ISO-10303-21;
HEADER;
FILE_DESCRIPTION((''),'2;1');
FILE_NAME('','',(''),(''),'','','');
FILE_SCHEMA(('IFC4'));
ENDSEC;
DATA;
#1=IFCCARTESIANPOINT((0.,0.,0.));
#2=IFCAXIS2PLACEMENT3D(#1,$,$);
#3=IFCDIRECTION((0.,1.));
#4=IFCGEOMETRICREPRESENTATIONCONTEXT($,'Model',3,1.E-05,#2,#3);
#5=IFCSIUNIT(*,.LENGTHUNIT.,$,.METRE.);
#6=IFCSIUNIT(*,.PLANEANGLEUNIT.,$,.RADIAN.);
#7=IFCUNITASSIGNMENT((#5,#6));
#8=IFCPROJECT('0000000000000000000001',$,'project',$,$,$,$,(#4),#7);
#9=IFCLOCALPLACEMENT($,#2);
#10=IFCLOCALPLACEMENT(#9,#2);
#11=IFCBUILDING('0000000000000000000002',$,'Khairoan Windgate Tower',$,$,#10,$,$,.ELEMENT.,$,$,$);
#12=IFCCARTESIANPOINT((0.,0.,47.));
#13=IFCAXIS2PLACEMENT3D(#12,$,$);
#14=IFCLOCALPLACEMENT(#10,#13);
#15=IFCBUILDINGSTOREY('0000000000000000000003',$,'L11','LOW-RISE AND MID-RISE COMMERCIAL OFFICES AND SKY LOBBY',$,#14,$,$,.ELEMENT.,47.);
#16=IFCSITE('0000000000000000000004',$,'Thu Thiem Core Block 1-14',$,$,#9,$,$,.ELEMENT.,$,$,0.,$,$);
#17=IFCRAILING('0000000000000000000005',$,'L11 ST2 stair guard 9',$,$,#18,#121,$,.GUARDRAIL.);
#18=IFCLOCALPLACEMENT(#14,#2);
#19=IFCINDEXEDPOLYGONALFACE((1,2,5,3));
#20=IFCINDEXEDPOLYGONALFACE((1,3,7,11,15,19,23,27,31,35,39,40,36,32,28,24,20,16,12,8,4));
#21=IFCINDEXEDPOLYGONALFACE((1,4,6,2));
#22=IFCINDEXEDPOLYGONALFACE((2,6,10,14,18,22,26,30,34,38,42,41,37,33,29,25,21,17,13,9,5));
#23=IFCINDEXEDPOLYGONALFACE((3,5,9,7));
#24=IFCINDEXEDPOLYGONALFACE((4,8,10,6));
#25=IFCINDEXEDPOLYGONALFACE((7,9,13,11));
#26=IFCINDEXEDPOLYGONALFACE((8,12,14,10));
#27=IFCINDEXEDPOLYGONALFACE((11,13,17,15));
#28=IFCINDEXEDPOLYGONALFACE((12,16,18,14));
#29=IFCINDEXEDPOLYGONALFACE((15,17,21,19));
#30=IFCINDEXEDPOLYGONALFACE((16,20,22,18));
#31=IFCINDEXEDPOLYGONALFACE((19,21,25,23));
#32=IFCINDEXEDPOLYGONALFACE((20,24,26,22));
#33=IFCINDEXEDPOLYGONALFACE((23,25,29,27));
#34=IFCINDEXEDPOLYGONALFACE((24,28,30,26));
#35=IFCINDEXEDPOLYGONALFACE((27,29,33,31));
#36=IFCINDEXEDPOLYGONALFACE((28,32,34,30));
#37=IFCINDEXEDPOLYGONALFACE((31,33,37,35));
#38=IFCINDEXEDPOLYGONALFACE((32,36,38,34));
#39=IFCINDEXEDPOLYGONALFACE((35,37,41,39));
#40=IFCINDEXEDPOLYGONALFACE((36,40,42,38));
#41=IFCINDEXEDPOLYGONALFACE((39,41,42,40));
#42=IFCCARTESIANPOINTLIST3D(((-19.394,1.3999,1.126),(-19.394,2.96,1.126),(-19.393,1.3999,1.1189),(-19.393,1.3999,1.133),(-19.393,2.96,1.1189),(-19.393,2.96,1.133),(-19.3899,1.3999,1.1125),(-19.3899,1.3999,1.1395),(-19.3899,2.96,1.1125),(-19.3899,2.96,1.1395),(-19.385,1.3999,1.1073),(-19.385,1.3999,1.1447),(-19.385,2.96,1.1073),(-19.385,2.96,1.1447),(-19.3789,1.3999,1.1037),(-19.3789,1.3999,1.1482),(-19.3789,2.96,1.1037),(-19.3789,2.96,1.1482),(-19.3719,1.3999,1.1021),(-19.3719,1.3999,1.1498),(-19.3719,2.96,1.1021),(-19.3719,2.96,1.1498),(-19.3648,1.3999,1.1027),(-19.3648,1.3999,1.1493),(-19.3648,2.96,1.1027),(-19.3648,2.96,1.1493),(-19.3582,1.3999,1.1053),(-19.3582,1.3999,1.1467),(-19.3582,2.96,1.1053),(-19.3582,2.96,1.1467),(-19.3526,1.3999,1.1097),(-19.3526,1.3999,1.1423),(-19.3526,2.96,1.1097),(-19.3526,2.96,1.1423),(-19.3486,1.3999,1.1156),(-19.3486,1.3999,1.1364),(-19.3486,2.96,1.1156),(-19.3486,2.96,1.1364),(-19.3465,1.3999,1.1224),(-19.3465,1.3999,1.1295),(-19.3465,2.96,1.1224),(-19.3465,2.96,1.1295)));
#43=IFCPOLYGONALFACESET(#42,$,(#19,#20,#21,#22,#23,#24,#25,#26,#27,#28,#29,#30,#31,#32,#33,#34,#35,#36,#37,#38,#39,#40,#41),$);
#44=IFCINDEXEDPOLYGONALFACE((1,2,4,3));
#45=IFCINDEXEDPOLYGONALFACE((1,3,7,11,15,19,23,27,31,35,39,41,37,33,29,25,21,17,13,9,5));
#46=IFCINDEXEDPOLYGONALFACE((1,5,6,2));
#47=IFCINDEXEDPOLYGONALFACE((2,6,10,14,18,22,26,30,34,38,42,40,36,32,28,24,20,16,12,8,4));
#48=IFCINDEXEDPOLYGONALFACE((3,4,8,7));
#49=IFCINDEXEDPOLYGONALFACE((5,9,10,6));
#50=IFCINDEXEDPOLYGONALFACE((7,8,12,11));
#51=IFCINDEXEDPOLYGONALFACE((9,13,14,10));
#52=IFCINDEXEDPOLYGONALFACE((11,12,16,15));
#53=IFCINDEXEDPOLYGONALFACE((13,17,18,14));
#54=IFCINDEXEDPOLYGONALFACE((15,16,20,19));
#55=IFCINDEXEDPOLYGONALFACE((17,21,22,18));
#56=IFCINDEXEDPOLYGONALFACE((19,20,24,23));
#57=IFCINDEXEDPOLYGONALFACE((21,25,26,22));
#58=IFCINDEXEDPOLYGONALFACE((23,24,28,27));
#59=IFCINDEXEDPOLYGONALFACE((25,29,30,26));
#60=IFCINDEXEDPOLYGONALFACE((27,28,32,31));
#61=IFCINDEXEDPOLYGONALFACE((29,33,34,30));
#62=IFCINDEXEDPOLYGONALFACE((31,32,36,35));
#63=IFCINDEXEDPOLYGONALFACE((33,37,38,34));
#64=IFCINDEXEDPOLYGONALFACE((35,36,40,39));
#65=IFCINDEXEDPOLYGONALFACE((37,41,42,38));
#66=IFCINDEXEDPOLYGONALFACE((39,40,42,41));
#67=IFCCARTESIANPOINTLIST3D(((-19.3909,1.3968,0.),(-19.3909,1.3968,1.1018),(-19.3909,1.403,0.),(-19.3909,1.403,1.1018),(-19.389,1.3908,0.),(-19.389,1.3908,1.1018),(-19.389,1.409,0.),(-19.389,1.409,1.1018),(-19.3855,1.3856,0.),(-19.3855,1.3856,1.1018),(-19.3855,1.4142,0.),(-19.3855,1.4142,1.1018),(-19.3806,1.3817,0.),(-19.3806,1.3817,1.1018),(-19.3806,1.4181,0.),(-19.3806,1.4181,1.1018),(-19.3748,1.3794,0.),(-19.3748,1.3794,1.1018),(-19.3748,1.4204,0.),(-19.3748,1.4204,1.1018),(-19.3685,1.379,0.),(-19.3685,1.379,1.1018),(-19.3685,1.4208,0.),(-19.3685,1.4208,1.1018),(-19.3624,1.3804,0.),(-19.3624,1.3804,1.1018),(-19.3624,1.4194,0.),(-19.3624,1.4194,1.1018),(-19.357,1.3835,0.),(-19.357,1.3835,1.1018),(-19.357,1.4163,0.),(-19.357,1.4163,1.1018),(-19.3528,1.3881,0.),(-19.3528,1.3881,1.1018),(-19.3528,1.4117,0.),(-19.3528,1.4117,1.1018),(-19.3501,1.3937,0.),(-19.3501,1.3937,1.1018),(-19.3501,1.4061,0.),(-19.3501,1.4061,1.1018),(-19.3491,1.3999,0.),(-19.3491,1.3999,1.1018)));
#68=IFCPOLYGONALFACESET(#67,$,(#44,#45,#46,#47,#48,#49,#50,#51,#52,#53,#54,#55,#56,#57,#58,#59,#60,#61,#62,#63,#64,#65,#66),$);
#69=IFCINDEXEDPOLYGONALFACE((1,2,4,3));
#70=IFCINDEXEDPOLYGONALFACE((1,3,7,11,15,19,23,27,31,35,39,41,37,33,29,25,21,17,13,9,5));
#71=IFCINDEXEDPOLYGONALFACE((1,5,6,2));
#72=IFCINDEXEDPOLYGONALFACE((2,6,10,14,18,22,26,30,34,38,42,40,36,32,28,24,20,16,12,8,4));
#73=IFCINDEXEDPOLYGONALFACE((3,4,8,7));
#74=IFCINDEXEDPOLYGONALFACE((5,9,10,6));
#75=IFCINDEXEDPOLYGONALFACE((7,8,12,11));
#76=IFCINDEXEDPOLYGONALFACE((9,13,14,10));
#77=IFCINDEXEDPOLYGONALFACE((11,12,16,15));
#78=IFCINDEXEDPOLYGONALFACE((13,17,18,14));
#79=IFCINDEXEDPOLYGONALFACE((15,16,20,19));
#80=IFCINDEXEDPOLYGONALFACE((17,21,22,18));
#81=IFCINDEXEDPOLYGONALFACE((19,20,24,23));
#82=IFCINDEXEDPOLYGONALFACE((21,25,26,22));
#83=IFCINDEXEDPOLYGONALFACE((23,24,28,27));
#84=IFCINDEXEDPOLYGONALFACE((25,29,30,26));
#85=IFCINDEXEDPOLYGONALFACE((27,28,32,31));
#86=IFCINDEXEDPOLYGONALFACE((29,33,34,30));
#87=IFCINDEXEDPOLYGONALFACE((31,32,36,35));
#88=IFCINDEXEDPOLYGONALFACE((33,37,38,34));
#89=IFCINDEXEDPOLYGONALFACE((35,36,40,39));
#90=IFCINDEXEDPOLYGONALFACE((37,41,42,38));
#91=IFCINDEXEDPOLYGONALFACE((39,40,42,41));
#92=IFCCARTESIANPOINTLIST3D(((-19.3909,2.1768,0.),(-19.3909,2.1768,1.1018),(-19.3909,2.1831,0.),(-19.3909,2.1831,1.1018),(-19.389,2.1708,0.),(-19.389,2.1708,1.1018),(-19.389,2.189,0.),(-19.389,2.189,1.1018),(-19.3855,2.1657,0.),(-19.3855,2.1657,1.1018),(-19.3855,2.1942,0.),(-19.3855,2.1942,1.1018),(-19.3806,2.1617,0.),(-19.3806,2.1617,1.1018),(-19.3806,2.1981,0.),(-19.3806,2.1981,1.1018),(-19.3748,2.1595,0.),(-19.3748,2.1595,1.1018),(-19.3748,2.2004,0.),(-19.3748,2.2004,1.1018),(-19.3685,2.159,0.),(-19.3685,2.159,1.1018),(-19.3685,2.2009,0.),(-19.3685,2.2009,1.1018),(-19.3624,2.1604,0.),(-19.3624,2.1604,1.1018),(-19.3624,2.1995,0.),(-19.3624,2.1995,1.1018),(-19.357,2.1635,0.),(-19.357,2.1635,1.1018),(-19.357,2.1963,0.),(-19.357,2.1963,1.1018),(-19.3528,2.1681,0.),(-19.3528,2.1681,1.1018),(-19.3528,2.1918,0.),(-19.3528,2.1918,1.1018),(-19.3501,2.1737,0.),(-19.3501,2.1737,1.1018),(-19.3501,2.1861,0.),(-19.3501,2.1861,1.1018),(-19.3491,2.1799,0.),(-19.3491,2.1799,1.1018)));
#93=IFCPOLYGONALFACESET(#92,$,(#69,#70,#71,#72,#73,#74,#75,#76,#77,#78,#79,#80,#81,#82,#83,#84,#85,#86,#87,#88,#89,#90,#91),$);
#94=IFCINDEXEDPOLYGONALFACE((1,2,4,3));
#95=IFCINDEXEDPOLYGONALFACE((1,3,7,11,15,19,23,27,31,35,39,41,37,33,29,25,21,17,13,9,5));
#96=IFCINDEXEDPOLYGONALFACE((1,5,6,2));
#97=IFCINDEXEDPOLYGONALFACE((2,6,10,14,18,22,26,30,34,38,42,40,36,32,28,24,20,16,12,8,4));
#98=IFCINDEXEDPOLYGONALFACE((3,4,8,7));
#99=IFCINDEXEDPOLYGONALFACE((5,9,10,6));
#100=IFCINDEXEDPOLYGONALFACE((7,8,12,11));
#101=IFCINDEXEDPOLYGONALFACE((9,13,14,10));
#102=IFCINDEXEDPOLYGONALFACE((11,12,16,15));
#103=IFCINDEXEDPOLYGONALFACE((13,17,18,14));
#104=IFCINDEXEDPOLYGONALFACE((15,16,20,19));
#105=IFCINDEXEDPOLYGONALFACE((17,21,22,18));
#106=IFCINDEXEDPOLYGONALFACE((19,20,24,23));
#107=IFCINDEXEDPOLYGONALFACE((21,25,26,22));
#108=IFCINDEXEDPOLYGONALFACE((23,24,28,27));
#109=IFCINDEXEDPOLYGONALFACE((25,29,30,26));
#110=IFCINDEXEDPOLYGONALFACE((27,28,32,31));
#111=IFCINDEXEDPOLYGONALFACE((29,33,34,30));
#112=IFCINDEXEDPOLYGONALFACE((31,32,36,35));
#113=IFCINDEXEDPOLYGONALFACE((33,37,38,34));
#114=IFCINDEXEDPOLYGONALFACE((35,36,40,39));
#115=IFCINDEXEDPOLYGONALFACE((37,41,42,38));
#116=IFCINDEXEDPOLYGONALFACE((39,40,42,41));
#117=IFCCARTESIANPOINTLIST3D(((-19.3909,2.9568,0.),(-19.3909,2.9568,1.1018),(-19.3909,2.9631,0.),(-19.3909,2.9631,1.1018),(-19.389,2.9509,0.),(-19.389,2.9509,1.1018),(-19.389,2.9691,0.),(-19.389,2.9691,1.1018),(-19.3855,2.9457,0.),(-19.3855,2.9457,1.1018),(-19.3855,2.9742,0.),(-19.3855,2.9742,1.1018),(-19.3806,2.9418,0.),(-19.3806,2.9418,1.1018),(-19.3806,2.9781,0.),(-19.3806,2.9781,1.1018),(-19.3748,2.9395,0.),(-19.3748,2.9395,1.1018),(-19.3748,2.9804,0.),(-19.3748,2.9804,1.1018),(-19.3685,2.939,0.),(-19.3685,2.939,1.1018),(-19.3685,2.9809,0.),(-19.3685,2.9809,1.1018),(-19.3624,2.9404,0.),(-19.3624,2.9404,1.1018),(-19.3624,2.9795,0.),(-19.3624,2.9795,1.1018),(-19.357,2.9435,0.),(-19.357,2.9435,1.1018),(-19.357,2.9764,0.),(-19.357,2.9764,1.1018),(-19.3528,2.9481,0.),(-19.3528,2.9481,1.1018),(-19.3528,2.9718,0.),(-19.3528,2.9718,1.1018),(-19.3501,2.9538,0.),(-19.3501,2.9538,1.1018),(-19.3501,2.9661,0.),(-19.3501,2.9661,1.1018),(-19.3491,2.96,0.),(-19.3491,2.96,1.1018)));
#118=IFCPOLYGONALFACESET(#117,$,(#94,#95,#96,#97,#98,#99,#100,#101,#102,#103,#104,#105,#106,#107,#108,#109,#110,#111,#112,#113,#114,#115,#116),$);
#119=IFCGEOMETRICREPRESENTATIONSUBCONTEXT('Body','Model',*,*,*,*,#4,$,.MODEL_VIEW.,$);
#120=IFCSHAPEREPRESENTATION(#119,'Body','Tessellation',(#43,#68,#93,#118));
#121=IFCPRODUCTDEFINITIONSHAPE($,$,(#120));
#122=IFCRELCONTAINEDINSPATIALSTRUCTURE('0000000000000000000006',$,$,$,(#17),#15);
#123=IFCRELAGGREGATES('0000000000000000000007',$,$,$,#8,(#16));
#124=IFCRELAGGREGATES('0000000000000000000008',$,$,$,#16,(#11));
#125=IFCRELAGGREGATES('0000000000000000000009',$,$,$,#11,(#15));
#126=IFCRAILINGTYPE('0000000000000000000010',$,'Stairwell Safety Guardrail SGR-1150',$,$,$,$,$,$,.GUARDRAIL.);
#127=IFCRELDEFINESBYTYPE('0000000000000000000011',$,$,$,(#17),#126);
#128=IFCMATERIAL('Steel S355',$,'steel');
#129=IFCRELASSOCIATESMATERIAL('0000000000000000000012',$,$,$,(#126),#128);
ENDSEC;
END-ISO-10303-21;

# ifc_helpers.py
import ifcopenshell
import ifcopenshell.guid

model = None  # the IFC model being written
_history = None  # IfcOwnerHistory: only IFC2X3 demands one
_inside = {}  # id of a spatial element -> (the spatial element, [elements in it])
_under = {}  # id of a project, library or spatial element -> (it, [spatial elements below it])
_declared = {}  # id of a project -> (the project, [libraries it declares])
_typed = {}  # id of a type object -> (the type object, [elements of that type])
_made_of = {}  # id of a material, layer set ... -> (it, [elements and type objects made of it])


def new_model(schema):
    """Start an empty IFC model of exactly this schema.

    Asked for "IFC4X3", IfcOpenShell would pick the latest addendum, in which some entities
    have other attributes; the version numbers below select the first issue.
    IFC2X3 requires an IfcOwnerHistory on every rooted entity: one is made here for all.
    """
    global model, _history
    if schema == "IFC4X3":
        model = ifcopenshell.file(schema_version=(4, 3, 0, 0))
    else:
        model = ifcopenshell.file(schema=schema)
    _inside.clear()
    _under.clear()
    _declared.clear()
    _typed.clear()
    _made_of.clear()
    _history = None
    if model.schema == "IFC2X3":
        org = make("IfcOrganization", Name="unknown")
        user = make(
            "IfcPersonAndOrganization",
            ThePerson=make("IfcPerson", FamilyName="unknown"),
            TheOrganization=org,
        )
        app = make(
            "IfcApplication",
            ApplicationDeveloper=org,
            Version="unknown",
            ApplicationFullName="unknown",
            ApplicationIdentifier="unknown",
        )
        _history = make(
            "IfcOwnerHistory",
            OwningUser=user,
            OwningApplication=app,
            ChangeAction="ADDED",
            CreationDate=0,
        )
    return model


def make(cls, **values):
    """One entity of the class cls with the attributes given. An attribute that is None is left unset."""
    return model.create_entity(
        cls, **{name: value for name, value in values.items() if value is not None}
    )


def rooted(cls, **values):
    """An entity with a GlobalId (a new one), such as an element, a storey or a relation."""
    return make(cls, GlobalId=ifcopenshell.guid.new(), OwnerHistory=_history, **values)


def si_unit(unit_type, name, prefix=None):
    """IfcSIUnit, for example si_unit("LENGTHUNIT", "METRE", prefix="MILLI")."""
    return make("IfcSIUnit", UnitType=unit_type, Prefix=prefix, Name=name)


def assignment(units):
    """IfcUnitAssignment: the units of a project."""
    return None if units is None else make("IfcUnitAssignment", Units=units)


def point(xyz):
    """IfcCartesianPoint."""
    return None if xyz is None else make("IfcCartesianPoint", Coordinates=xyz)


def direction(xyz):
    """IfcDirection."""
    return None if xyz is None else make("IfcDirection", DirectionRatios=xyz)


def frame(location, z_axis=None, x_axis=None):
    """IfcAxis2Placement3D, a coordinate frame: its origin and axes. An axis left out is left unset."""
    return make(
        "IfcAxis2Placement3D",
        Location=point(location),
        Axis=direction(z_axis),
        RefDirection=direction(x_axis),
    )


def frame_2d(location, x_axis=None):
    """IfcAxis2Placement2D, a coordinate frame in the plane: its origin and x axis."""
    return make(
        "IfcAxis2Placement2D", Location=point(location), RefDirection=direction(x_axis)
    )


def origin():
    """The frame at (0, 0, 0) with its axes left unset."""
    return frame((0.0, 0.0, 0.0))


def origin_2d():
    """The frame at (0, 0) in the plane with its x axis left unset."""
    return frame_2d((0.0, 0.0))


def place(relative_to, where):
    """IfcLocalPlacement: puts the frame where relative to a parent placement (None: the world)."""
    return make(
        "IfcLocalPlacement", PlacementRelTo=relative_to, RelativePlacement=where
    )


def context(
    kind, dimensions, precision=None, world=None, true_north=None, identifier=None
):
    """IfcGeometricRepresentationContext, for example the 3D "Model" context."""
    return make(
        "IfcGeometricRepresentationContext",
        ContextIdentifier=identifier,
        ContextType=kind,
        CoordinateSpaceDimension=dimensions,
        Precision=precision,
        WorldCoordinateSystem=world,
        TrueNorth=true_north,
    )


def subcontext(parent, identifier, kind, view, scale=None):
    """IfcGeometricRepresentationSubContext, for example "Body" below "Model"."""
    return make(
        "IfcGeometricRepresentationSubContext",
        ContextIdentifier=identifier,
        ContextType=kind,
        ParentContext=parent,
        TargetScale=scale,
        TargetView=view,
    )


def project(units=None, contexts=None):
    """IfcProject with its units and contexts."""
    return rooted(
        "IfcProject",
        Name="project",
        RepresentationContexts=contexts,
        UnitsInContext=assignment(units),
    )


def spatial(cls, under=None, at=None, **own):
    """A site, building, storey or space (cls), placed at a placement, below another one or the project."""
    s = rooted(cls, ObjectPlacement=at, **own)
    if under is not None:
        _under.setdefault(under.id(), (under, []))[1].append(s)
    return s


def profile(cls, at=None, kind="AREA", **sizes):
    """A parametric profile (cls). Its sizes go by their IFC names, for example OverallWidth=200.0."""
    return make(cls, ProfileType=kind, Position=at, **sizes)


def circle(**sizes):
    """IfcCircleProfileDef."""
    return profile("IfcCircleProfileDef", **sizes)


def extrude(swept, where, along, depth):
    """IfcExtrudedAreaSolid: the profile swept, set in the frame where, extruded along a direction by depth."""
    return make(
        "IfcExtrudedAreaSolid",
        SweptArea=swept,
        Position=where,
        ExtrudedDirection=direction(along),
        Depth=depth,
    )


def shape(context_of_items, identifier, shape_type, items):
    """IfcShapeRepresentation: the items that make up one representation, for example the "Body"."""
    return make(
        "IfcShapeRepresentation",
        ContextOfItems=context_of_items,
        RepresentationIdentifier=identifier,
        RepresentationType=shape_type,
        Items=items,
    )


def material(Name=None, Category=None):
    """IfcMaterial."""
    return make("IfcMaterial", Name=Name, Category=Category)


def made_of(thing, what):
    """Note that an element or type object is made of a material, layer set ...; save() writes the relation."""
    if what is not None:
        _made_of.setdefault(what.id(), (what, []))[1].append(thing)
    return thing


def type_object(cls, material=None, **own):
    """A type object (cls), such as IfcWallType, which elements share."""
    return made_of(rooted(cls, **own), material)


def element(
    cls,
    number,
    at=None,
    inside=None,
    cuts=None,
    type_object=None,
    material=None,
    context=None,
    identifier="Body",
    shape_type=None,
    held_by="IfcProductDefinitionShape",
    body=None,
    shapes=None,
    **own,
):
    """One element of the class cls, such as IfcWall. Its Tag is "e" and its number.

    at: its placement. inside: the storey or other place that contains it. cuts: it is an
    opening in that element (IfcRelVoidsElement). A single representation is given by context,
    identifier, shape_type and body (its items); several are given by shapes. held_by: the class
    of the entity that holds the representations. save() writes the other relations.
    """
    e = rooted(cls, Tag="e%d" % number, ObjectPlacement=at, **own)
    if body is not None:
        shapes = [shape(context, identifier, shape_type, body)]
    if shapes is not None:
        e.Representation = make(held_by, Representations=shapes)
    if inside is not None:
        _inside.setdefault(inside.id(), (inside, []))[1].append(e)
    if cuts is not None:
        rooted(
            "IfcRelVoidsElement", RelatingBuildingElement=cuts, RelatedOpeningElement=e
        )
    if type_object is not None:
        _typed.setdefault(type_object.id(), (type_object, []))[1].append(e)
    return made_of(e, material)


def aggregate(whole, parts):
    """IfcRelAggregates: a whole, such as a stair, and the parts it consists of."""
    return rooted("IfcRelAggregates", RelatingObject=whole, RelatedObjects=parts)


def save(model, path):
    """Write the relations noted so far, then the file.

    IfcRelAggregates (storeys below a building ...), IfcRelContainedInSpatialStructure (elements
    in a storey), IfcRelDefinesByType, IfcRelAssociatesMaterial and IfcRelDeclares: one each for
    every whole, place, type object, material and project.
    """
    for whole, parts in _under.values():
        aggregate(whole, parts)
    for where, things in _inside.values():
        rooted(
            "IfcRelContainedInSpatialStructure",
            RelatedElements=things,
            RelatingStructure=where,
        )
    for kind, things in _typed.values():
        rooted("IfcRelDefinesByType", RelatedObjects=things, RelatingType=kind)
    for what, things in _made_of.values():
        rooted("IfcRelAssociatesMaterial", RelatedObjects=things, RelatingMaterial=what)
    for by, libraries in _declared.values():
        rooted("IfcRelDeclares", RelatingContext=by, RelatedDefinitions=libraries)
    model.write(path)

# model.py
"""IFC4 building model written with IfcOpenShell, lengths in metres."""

from ifc_helpers import new_model, si_unit, direction, frame, origin, origin_2d, place, context, subcontext, project, spatial, circle, extrude, material, type_object, element, save


model = new_model("IFC4")

# Units and contexts
model_context = context("Model", 3, precision=1e-05, world=origin(), true_north=direction((0.0, 1.0)))
body_context = subcontext(model_context, "Body", "Model", "MODEL_VIEW")
ifc_project = project(units=[si_unit("LENGTHUNIT", "METRE"), si_unit("PLANEANGLEUNIT", "RADIAN")], contexts=[model_context])

# Site, building, storey
site_placement = place(None, origin())
site = spatial("IfcSite", under=ifc_project, at=site_placement, Name="Thu Thiem Core Block 1-14", CompositionType="ELEMENT", RefElevation=0.0)
building_placement = place(site_placement, origin())
building = spatial("IfcBuilding", under=site, at=building_placement, Name="Khairoan Windgate Tower", CompositionType="ELEMENT")
storey_placement = place(building_placement, frame((0.0, 0.0, 47.0)))
storey = spatial("IfcBuildingStorey", under=building, at=storey_placement, Name="L11", Description="LOW-RISE AND MID-RISE COMMERCIAL OFFICES AND SKY LOBBY", CompositionType="ELEMENT", Elevation=47.0)

# Railing
ifc_material_1 = material(Name="Steel S355", Category="steel")
railing_type_1 = type_object("IfcRailingType", Name="Stairwell Safety Guardrail SGR-1150", PredefinedType="GUARDRAIL", material=ifc_material_1)
for number, where, name in (
    (1, (-19.3701, 1.3999, 0.0), "L11 ST2 stair guard 9"),
):
    element("IfcRailing", number, at=place(storey_placement, frame(where)), inside=storey, type_object=railing_type_1, Name=name, PredefinedType="GUARDRAIL", context=body_context, shape_type="SweptSolid", body=[
        extrude(circle(Radius=0.0239, at=origin_2d()), frame((0.0, 0.0, 1.126), z_axis=(0.0, 1.0, 0.0), x_axis=(-1.0, 0.0, 0.0)), (0.0, 0.0, 1.0), 1.5601),
        extrude(circle(Radius=0.021, at=origin_2d()), origin(), (0.0, 0.0, 1.0), 1.1018),
        extrude(circle(Radius=0.021, at=origin_2d()), frame((0.0, 0.78, 0.0)), (0.0, 0.0, 1.0), 1.1018),
        extrude(circle(Radius=0.021, at=origin_2d()), frame((0.0, 1.5601, 0.0)), (0.0, 0.0, 1.0), 1.1018),
    ])

save(model, "model.ifc")
